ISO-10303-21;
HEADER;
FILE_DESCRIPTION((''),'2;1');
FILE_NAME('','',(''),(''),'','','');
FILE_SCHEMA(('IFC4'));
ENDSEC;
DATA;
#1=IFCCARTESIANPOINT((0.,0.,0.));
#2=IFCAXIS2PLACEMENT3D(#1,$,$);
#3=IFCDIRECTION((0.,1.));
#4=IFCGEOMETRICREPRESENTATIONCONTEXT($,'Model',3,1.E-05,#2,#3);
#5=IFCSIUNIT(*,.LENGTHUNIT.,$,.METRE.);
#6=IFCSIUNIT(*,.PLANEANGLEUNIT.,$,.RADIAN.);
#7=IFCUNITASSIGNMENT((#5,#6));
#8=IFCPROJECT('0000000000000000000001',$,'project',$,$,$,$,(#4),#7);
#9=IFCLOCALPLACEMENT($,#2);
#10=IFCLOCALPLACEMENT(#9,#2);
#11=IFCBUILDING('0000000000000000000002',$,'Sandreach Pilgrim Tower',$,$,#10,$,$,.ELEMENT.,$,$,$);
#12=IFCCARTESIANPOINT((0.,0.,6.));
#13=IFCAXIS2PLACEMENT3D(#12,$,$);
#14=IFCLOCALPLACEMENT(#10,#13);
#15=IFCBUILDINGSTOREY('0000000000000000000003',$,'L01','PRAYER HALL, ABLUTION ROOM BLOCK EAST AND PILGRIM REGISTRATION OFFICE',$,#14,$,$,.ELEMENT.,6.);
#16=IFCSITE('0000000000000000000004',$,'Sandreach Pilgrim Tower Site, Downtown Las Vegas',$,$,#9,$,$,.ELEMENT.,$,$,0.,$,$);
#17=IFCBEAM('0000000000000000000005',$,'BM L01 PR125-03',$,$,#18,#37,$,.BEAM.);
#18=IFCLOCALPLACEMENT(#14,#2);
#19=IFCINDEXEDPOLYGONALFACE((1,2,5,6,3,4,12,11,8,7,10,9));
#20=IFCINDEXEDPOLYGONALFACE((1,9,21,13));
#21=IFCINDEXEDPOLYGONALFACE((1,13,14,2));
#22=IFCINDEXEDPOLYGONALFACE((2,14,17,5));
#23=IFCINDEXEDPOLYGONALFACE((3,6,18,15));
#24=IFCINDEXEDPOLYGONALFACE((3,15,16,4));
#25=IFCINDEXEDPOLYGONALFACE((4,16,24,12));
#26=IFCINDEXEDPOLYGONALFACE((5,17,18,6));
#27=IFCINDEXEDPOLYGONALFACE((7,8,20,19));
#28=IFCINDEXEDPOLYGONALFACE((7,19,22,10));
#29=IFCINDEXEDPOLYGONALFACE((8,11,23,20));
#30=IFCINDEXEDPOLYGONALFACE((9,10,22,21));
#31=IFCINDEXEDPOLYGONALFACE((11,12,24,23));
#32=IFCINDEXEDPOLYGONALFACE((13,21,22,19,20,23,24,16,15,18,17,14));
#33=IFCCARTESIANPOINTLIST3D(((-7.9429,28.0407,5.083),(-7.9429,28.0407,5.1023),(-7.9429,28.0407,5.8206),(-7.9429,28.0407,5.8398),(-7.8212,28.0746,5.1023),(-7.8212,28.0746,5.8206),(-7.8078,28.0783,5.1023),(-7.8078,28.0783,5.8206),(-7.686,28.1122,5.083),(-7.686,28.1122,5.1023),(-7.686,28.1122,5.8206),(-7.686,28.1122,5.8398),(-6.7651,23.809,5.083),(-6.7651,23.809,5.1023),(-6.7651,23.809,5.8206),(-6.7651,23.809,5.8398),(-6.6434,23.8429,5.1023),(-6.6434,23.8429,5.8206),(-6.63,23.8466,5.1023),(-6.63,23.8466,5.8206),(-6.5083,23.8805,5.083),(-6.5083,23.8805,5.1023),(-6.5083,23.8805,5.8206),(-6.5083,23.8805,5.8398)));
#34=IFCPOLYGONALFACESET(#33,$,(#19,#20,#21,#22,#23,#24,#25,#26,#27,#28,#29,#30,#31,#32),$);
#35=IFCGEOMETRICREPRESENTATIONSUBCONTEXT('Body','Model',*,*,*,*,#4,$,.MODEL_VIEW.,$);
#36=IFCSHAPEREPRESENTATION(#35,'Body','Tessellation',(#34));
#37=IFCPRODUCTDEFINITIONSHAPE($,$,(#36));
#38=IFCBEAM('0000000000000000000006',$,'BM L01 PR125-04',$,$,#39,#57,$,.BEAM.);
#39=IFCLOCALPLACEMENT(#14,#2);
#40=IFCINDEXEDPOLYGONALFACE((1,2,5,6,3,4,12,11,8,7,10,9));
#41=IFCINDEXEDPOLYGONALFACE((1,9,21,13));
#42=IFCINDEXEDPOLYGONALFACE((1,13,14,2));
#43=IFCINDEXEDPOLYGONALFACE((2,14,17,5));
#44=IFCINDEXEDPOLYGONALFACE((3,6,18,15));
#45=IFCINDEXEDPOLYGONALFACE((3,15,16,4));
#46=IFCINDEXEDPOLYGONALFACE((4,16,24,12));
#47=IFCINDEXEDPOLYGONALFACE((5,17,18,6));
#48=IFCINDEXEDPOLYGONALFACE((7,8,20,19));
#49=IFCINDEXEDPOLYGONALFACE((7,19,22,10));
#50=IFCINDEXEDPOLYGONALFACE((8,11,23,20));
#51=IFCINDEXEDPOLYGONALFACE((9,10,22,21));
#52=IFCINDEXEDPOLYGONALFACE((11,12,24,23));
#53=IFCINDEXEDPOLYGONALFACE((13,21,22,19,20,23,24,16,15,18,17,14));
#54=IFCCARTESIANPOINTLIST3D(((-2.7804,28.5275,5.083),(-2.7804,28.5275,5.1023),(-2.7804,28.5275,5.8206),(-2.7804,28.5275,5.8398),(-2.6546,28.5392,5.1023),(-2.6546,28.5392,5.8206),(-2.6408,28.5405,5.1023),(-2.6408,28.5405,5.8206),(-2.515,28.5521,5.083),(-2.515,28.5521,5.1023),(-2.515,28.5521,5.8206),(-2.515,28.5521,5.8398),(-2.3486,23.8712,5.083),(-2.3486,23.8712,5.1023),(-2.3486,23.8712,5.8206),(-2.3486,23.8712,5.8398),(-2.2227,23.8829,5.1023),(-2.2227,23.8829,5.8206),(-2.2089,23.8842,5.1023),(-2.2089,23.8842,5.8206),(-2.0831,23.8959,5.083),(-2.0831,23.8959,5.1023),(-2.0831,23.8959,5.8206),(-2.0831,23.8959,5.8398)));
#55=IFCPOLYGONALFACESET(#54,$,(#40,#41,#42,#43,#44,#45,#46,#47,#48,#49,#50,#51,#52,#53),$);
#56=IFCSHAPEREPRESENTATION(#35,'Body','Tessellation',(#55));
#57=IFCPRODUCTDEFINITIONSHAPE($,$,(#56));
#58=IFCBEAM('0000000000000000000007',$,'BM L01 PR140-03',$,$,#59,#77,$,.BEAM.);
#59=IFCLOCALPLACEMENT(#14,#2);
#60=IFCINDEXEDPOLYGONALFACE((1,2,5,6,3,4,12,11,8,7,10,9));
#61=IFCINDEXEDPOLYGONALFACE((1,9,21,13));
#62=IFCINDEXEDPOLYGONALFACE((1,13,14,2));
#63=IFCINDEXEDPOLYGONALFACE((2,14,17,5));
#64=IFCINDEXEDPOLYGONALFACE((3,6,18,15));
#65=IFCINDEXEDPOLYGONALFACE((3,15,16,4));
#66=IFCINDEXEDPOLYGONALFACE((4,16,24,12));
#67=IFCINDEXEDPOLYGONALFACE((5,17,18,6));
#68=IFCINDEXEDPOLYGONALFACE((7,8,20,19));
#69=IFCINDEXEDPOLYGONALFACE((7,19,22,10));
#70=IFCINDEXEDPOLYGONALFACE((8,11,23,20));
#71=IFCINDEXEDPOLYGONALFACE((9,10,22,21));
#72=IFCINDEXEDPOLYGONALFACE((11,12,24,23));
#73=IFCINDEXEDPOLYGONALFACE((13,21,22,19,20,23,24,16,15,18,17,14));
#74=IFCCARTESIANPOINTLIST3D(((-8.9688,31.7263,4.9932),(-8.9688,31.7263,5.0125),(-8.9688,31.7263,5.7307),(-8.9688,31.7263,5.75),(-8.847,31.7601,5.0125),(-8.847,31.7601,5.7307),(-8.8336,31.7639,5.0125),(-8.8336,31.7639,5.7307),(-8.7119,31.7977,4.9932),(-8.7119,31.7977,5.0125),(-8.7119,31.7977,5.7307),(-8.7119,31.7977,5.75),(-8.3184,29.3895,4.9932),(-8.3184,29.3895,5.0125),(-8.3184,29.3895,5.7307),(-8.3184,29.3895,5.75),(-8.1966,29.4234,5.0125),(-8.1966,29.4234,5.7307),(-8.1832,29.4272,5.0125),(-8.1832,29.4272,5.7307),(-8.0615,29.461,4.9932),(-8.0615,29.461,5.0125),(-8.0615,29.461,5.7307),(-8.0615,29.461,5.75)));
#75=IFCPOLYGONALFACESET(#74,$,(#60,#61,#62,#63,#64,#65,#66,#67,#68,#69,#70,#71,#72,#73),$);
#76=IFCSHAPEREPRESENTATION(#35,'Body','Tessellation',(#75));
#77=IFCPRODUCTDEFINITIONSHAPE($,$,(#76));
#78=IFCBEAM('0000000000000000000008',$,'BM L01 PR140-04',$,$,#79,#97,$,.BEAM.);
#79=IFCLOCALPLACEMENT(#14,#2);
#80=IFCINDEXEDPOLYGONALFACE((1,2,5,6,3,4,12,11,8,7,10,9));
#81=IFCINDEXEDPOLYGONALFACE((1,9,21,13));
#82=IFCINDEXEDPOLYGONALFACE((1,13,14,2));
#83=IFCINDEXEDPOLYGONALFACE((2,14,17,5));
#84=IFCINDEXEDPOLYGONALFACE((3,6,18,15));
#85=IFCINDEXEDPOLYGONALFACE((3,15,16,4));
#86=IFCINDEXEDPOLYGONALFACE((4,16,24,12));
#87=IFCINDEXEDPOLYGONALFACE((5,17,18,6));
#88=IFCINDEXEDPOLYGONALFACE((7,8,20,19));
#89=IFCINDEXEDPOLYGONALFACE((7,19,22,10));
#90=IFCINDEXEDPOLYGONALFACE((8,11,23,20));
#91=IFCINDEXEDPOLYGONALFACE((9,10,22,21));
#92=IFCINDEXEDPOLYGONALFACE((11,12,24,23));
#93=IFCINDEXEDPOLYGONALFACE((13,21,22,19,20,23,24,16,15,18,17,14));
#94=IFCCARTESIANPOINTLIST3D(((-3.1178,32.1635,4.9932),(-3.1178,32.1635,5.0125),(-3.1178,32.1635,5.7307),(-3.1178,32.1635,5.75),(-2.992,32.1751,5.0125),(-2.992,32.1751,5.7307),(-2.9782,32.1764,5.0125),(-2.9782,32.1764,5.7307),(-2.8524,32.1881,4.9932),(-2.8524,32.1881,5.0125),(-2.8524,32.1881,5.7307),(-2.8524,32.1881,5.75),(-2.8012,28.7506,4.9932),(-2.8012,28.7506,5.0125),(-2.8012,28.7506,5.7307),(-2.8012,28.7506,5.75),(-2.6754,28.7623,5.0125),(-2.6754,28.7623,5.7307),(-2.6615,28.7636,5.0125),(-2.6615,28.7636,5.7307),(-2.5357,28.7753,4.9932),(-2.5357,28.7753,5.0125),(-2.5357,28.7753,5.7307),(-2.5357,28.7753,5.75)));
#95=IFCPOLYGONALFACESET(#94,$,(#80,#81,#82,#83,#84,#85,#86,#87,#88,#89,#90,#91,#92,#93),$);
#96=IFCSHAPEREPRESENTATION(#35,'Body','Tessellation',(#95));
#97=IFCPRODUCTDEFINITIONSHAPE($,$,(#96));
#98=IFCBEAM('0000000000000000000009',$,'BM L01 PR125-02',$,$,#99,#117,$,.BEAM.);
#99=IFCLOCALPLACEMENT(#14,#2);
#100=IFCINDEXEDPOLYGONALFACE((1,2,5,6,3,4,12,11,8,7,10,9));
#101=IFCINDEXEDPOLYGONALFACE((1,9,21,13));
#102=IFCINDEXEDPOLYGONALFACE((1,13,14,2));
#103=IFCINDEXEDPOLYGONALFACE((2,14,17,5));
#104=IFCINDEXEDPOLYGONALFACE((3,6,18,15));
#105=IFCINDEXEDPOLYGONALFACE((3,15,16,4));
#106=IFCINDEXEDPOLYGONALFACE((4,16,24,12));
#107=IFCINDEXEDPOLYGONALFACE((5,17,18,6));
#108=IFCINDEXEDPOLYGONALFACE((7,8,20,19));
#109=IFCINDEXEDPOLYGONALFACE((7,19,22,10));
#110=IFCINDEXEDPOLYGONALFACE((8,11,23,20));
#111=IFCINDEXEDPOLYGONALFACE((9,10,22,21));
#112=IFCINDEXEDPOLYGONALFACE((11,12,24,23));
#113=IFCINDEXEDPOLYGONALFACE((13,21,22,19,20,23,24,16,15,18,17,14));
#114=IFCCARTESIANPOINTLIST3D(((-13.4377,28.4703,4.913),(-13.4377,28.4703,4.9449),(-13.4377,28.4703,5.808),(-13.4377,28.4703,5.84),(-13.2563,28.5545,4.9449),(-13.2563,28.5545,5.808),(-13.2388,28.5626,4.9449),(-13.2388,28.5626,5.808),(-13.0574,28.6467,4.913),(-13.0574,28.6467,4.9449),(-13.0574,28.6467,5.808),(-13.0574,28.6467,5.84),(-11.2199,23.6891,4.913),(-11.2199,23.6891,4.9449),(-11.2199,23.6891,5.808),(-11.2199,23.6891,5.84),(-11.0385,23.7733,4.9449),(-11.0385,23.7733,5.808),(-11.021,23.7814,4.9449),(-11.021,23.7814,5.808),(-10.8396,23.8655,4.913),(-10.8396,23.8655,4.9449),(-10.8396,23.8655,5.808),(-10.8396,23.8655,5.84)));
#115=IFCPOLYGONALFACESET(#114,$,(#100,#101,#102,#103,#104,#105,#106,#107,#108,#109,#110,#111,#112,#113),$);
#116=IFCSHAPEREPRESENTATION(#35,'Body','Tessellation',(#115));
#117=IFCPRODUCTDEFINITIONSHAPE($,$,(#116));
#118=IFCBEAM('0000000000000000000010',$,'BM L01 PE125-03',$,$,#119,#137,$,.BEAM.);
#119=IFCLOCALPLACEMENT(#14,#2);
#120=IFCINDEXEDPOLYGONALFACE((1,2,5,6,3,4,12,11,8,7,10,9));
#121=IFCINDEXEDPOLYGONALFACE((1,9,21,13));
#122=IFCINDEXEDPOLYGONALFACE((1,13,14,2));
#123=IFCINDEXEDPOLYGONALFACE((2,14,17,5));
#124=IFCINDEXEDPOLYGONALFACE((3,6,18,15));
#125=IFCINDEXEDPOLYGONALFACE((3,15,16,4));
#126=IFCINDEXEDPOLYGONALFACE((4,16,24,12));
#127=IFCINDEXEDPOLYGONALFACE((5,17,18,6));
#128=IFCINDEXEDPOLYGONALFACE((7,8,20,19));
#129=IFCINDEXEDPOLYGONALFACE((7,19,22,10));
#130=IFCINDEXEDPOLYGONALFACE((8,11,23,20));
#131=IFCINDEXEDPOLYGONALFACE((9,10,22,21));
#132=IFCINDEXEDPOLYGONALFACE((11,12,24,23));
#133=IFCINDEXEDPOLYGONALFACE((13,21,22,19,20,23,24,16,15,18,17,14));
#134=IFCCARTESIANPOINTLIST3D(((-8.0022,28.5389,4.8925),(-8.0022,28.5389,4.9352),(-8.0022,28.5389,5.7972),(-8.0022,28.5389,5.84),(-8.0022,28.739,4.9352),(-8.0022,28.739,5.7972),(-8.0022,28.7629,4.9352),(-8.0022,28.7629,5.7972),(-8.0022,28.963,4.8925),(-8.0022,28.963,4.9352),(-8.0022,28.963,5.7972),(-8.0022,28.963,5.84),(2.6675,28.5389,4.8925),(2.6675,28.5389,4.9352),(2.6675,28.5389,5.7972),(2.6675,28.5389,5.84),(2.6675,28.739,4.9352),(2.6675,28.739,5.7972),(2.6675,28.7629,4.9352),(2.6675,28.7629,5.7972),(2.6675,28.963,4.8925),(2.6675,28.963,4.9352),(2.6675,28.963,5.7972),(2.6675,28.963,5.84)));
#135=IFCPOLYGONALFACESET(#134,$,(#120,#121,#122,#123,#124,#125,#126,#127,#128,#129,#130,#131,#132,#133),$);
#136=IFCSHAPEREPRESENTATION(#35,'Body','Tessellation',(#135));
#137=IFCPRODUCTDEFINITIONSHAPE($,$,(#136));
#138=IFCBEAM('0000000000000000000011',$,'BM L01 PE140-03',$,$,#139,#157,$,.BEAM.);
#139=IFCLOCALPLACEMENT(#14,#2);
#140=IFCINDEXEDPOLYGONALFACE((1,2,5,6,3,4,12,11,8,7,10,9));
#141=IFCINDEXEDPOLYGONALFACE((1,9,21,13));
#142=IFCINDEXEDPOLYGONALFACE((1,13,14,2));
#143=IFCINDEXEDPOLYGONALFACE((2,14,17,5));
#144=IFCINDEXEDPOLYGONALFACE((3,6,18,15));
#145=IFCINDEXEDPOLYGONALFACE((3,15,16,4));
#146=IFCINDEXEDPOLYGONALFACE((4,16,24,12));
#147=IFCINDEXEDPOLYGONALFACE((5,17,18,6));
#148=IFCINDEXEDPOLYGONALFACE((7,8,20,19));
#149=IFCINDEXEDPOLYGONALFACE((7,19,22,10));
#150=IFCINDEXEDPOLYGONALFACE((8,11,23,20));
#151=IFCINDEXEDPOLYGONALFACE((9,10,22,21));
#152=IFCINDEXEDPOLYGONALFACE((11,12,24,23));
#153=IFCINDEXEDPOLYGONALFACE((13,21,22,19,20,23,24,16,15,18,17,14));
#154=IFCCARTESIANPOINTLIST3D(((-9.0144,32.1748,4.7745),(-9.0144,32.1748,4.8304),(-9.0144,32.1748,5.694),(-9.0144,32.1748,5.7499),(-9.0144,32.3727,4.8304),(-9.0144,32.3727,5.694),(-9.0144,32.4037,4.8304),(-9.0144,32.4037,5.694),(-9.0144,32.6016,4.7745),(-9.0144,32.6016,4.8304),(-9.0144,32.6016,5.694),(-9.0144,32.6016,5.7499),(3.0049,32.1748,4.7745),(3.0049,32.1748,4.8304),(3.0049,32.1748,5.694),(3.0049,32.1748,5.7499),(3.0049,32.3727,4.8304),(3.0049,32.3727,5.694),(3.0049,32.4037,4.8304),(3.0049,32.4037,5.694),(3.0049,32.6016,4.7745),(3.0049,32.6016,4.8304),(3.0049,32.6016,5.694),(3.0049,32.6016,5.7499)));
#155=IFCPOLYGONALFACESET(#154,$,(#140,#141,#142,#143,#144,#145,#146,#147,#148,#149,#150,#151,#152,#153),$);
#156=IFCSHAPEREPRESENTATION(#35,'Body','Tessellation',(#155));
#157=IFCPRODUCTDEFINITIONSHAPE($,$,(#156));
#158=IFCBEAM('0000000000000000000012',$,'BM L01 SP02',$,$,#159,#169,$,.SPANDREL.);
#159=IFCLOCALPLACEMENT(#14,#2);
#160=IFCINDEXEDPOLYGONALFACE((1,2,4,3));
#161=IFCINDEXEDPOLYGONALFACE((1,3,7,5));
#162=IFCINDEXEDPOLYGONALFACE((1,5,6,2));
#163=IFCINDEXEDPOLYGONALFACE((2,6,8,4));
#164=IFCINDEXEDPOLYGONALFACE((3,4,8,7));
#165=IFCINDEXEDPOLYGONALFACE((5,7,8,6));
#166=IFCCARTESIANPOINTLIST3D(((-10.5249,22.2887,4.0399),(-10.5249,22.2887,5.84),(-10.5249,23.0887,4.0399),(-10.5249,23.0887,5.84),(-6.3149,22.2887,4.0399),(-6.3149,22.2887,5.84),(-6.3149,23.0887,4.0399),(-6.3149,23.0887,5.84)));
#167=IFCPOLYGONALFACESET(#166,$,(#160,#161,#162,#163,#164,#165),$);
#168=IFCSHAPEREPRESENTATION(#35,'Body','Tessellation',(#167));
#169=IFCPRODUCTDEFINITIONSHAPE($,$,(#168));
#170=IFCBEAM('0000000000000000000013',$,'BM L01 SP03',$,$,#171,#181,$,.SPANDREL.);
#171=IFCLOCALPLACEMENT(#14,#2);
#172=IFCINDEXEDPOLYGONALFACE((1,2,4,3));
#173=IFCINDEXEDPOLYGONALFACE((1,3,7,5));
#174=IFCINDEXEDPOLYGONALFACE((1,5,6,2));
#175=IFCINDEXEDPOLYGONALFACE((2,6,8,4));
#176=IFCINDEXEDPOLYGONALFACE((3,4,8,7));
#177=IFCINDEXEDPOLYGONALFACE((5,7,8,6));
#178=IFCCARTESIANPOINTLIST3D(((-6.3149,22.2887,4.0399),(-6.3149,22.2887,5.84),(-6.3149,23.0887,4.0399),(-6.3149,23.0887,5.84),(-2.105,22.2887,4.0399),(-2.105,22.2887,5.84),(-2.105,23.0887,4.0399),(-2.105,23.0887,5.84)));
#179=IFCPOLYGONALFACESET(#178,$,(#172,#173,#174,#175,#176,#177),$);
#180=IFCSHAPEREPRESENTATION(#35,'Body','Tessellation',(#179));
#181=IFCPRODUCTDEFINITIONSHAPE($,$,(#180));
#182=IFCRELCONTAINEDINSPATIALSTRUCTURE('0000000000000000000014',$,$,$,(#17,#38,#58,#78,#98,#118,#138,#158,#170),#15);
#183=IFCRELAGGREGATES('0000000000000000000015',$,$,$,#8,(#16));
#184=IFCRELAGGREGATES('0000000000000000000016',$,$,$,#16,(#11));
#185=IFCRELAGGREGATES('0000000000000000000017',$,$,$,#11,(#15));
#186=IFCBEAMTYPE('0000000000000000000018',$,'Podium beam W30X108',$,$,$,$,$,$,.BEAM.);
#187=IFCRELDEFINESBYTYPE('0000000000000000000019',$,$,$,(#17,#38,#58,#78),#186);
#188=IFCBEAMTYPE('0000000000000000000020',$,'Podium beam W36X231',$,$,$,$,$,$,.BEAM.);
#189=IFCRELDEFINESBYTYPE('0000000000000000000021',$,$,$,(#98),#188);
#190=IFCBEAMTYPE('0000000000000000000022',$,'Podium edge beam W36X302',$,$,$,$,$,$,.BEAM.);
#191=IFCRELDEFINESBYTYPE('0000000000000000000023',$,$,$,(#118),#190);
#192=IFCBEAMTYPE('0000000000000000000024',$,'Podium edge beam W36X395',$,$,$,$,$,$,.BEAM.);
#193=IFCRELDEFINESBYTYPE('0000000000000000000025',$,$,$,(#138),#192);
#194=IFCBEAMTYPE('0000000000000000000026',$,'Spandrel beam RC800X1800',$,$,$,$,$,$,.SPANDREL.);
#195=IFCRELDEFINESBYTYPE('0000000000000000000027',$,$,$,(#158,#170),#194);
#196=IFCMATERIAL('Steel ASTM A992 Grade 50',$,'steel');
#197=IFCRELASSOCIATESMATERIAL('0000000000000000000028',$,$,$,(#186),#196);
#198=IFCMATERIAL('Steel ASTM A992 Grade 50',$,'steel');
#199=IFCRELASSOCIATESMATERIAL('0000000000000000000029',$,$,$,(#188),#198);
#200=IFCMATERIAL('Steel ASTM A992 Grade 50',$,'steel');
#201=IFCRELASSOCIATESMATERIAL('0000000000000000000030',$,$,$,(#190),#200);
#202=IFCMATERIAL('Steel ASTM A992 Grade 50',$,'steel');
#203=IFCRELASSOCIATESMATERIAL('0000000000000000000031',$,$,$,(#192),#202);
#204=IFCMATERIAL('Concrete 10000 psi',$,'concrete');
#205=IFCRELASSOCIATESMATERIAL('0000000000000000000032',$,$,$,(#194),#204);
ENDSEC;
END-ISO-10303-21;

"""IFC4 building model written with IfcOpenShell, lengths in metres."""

from ifc_helpers import new_model, si_unit, direction, frame, origin, origin_2d, place, context, subcontext, project, spatial, rectangle, i_section, extrude, material, material_profile, profile_set, type_object, element, save


model = new_model("IFC4")

# Units and contexts
model_context = context("Model", 3, precision=1e-05, world=origin(), true_north=direction((0.0, 1.0)))
body_context = subcontext(model_context, "Body", "Model", "MODEL_VIEW")
ifc_project = project(units=[si_unit("LENGTHUNIT", "METRE"), si_unit("PLANEANGLEUNIT", "RADIAN")], contexts=[model_context])

# Site, building, storey
site_placement = place(None, origin())
site = spatial("IfcSite", under=ifc_project, at=site_placement, Name="Sandreach Pilgrim Tower Site, Downtown Las Vegas", CompositionType="ELEMENT", RefElevation=0.0)
building_placement = place(site_placement, origin())
building = spatial("IfcBuilding", under=site, at=building_placement, Name="Sandreach Pilgrim Tower", CompositionType="ELEMENT")
storey_placement = place(building_placement, frame((0.0, 0.0, 6.0)))
storey = spatial("IfcBuildingStorey", under=building, at=storey_placement, Name="L01", Description="PRAYER HALL, ABLUTION ROOM BLOCK EAST AND PILGRIM REGISTRATION OFFICE", CompositionType="ELEMENT", Elevation=6.0)

# Beams
ifc_material_1 = material(Name="Steel ASTM A992 Grade 50", Category="steel")
ifc_material_profile_1 = material_profile(ifc_material_1, i_section(OverallWidth=0.2666, OverallDepth=0.7568, WebThickness=0.0139, FlangeThickness=0.0193, at=origin_2d()), Name="W30X108")
ifc_profile_set_1 = profile_set([ifc_material_profile_1], Name="Steel ASTM A992 Grade 50")
beam_type_1 = type_object("IfcBeamType", Name="Podium beam W30X108", PredefinedType="BEAM", material=ifc_profile_set_1)
beam_1_placement = place(storey_placement, frame((-6.6367, 23.8447, 5.4614), z_axis=(-0.268123, 0.963385, 0.0), x_axis=(-0.963385, -0.268123, 0.0)))
element("IfcBeam", 1, at=beam_1_placement, inside=storey, type_object=beam_type_1, Name="BM L01 PR125-03", PredefinedType="BEAM", context=body_context, shape_type="SweptSolid", body=[
    extrude(i_section(OverallWidth=0.2666, OverallDepth=0.7568, WebThickness=0.0139, FlangeThickness=0.0193, at=origin_2d()), origin(), (0.0, 0.0, 1.0), 4.3926),
])
beam_2_placement = place(storey_placement, frame((-2.2158, 23.8835, 5.4614), z_axis=(-0.092357, 0.995726, 0.0), x_axis=(-0.995726, -0.092357, 0.0)))
element("IfcBeam", 2, at=beam_2_placement, inside=storey, type_object=beam_type_1, Name="BM L01 PR125-04", PredefinedType="BEAM", context=body_context, shape_type="SweptSolid", body=[
    extrude(i_section(OverallWidth=0.2666, OverallDepth=0.7568, WebThickness=0.0139, FlangeThickness=0.0193, at=origin_2d()), origin(), (0.0, 0.0, 1.0), 4.6763),
])
beam_3_placement = place(storey_placement, frame((-8.1899, 29.4253, 5.3716), z_axis=(-0.268147, 0.963378, 0.0), x_axis=(-0.963378, -0.268147, 0.0)))
element("IfcBeam", 3, at=beam_3_placement, inside=storey, type_object=beam_type_1, Name="BM L01 PR140-03", PredefinedType="BEAM", context=body_context, shape_type="SweptSolid", body=[
    extrude(i_section(OverallWidth=0.2666, OverallDepth=0.7568, WebThickness=0.0139, FlangeThickness=0.0193, at=origin_2d()), origin(), (0.0, 0.0, 1.0), 2.4255),
])
beam_4_placement = place(storey_placement, frame((-2.6685, 28.7629, 5.3716), z_axis=(-0.092385, 0.995723, 0.0), x_axis=(-0.995723, -0.092385, 0.0)))
element("IfcBeam", 4, at=beam_4_placement, inside=storey, type_object=beam_type_1, Name="BM L01 PR140-04", PredefinedType="BEAM", context=body_context, shape_type="SweptSolid", body=[
    extrude(i_section(OverallWidth=0.2666, OverallDepth=0.7568, WebThickness=0.0139, FlangeThickness=0.0193, at=origin_2d()), origin(), (0.0, 0.0, 1.0), 3.4275),
])
ifc_material_2 = material(Name="Steel ASTM A992 Grade 50", Category="steel")
ifc_material_profile_2 = material_profile(ifc_material_2, i_section(OverallWidth=0.4192, OverallDepth=0.927, WebThickness=0.0193, FlangeThickness=0.032, at=origin_2d()), Name="W36X231")
ifc_profile_set_2 = profile_set([ifc_material_profile_2], Name="Steel ASTM A992 Grade 50")
beam_type_2 = type_object("IfcBeamType", Name="Podium beam W36X231", PredefinedType="BEAM", material=ifc_profile_set_2)
beam_5_placement = place(storey_placement, frame((-11.0298, 23.7773, 5.3765), z_axis=(-0.420785, 0.907161, 0.0), x_axis=(-0.907161, -0.420785, 0.0)))
element("IfcBeam", 5, at=beam_5_placement, inside=storey, type_object=beam_type_2, Name="BM L01 PR125-02", PredefinedType="BEAM", context=body_context, shape_type="SweptSolid", body=[
    extrude(i_section(OverallWidth=0.4192, OverallDepth=0.927, WebThickness=0.0193, FlangeThickness=0.032, at=origin_2d()), origin(), (0.0, 0.0, 1.0), 5.2705),
])
ifc_material_3 = material(Name="Steel ASTM A992 Grade 50", Category="steel")
ifc_material_profile_3 = material_profile(ifc_material_3, i_section(OverallWidth=0.4241, OverallDepth=0.9475, WebThickness=0.0239, FlangeThickness=0.0427, at=origin_2d()), Name="W36X302")
ifc_profile_set_3 = profile_set([ifc_material_profile_3], Name="Steel ASTM A992 Grade 50")
beam_type_3 = type_object("IfcBeamType", Name="Podium edge beam W36X302", PredefinedType="BEAM", material=ifc_profile_set_3)
beam_6_placement = place(storey_placement, frame((-8.0022, 28.751, 5.3662), z_axis=(1.0, 0.0, 0.0), x_axis=(0.0, 1.0, 0.0)))
element("IfcBeam", 6, at=beam_6_placement, inside=storey, type_object=beam_type_3, Name="BM L01 PE125-03", PredefinedType="BEAM", context=body_context, shape_type="SweptSolid", body=[
    extrude(i_section(OverallWidth=0.4241, OverallDepth=0.9475, WebThickness=0.0239, FlangeThickness=0.0427, at=origin_2d()), origin(), (0.0, 0.0, 1.0), 10.6697),
])
ifc_material_4 = material(Name="Steel ASTM A992 Grade 50", Category="steel")
ifc_material_profile_4 = material_profile(ifc_material_4, i_section(OverallWidth=0.4268, OverallDepth=0.9753, WebThickness=0.031, FlangeThickness=0.0559, at=origin_2d()), Name="W36X395")
ifc_profile_set_4 = profile_set([ifc_material_profile_4], Name="Steel ASTM A992 Grade 50")
beam_type_4 = type_object("IfcBeamType", Name="Podium edge beam W36X395", PredefinedType="BEAM", material=ifc_profile_set_4)
beam_7_placement = place(storey_placement, frame((-9.0144, 32.3882, 5.2622), z_axis=(1.0, 0.0, 0.0), x_axis=(0.0, 1.0, 0.0)))
element("IfcBeam", 7, at=beam_7_placement, inside=storey, type_object=beam_type_4, Name="BM L01 PE140-03", PredefinedType="BEAM", context=body_context, shape_type="SweptSolid", body=[
    extrude(i_section(OverallWidth=0.4268, OverallDepth=0.9753, WebThickness=0.031, FlangeThickness=0.0559, at=origin_2d()), origin(), (0.0, 0.0, 1.0), 12.0193),
])
ifc_material_5 = material(Name="Concrete 10000 psi", Category="concrete")
ifc_material_profile_5 = material_profile(ifc_material_5, rectangle(XDim=0.8, YDim=1.8, at=origin_2d()), Name="RC800X1800")
ifc_profile_set_5 = profile_set([ifc_material_profile_5], Name="Concrete 10000 psi")
beam_type_5 = type_object("IfcBeamType", Name="Spandrel beam RC800X1800", PredefinedType="SPANDREL", material=ifc_profile_set_5)
for number, where, z_axis, x_axis, name in (
    (8, (-10.5249, 22.6887, 4.9399), (1.0, 0.0, 0.0), (0.0, 1.0, 0.0), "BM L01 SP02"),
    (9, (-6.3149, 22.6887, 4.9399), (1.0, 0.0, 0.0), (0.0, 1.0, 0.0), "BM L01 SP03"),
):
    element("IfcBeam", number, at=place(storey_placement, frame(where, z_axis=z_axis, x_axis=x_axis)), inside=storey, type_object=beam_type_5, Name=name, PredefinedType="SPANDREL", context=body_context, shape_type="SweptSolid", body=[
        extrude(rectangle(XDim=0.8, YDim=1.8, at=origin_2d()), origin(), (0.0, 0.0, 1.0), 4.21),
    ])

save(model, "model.ifc")
